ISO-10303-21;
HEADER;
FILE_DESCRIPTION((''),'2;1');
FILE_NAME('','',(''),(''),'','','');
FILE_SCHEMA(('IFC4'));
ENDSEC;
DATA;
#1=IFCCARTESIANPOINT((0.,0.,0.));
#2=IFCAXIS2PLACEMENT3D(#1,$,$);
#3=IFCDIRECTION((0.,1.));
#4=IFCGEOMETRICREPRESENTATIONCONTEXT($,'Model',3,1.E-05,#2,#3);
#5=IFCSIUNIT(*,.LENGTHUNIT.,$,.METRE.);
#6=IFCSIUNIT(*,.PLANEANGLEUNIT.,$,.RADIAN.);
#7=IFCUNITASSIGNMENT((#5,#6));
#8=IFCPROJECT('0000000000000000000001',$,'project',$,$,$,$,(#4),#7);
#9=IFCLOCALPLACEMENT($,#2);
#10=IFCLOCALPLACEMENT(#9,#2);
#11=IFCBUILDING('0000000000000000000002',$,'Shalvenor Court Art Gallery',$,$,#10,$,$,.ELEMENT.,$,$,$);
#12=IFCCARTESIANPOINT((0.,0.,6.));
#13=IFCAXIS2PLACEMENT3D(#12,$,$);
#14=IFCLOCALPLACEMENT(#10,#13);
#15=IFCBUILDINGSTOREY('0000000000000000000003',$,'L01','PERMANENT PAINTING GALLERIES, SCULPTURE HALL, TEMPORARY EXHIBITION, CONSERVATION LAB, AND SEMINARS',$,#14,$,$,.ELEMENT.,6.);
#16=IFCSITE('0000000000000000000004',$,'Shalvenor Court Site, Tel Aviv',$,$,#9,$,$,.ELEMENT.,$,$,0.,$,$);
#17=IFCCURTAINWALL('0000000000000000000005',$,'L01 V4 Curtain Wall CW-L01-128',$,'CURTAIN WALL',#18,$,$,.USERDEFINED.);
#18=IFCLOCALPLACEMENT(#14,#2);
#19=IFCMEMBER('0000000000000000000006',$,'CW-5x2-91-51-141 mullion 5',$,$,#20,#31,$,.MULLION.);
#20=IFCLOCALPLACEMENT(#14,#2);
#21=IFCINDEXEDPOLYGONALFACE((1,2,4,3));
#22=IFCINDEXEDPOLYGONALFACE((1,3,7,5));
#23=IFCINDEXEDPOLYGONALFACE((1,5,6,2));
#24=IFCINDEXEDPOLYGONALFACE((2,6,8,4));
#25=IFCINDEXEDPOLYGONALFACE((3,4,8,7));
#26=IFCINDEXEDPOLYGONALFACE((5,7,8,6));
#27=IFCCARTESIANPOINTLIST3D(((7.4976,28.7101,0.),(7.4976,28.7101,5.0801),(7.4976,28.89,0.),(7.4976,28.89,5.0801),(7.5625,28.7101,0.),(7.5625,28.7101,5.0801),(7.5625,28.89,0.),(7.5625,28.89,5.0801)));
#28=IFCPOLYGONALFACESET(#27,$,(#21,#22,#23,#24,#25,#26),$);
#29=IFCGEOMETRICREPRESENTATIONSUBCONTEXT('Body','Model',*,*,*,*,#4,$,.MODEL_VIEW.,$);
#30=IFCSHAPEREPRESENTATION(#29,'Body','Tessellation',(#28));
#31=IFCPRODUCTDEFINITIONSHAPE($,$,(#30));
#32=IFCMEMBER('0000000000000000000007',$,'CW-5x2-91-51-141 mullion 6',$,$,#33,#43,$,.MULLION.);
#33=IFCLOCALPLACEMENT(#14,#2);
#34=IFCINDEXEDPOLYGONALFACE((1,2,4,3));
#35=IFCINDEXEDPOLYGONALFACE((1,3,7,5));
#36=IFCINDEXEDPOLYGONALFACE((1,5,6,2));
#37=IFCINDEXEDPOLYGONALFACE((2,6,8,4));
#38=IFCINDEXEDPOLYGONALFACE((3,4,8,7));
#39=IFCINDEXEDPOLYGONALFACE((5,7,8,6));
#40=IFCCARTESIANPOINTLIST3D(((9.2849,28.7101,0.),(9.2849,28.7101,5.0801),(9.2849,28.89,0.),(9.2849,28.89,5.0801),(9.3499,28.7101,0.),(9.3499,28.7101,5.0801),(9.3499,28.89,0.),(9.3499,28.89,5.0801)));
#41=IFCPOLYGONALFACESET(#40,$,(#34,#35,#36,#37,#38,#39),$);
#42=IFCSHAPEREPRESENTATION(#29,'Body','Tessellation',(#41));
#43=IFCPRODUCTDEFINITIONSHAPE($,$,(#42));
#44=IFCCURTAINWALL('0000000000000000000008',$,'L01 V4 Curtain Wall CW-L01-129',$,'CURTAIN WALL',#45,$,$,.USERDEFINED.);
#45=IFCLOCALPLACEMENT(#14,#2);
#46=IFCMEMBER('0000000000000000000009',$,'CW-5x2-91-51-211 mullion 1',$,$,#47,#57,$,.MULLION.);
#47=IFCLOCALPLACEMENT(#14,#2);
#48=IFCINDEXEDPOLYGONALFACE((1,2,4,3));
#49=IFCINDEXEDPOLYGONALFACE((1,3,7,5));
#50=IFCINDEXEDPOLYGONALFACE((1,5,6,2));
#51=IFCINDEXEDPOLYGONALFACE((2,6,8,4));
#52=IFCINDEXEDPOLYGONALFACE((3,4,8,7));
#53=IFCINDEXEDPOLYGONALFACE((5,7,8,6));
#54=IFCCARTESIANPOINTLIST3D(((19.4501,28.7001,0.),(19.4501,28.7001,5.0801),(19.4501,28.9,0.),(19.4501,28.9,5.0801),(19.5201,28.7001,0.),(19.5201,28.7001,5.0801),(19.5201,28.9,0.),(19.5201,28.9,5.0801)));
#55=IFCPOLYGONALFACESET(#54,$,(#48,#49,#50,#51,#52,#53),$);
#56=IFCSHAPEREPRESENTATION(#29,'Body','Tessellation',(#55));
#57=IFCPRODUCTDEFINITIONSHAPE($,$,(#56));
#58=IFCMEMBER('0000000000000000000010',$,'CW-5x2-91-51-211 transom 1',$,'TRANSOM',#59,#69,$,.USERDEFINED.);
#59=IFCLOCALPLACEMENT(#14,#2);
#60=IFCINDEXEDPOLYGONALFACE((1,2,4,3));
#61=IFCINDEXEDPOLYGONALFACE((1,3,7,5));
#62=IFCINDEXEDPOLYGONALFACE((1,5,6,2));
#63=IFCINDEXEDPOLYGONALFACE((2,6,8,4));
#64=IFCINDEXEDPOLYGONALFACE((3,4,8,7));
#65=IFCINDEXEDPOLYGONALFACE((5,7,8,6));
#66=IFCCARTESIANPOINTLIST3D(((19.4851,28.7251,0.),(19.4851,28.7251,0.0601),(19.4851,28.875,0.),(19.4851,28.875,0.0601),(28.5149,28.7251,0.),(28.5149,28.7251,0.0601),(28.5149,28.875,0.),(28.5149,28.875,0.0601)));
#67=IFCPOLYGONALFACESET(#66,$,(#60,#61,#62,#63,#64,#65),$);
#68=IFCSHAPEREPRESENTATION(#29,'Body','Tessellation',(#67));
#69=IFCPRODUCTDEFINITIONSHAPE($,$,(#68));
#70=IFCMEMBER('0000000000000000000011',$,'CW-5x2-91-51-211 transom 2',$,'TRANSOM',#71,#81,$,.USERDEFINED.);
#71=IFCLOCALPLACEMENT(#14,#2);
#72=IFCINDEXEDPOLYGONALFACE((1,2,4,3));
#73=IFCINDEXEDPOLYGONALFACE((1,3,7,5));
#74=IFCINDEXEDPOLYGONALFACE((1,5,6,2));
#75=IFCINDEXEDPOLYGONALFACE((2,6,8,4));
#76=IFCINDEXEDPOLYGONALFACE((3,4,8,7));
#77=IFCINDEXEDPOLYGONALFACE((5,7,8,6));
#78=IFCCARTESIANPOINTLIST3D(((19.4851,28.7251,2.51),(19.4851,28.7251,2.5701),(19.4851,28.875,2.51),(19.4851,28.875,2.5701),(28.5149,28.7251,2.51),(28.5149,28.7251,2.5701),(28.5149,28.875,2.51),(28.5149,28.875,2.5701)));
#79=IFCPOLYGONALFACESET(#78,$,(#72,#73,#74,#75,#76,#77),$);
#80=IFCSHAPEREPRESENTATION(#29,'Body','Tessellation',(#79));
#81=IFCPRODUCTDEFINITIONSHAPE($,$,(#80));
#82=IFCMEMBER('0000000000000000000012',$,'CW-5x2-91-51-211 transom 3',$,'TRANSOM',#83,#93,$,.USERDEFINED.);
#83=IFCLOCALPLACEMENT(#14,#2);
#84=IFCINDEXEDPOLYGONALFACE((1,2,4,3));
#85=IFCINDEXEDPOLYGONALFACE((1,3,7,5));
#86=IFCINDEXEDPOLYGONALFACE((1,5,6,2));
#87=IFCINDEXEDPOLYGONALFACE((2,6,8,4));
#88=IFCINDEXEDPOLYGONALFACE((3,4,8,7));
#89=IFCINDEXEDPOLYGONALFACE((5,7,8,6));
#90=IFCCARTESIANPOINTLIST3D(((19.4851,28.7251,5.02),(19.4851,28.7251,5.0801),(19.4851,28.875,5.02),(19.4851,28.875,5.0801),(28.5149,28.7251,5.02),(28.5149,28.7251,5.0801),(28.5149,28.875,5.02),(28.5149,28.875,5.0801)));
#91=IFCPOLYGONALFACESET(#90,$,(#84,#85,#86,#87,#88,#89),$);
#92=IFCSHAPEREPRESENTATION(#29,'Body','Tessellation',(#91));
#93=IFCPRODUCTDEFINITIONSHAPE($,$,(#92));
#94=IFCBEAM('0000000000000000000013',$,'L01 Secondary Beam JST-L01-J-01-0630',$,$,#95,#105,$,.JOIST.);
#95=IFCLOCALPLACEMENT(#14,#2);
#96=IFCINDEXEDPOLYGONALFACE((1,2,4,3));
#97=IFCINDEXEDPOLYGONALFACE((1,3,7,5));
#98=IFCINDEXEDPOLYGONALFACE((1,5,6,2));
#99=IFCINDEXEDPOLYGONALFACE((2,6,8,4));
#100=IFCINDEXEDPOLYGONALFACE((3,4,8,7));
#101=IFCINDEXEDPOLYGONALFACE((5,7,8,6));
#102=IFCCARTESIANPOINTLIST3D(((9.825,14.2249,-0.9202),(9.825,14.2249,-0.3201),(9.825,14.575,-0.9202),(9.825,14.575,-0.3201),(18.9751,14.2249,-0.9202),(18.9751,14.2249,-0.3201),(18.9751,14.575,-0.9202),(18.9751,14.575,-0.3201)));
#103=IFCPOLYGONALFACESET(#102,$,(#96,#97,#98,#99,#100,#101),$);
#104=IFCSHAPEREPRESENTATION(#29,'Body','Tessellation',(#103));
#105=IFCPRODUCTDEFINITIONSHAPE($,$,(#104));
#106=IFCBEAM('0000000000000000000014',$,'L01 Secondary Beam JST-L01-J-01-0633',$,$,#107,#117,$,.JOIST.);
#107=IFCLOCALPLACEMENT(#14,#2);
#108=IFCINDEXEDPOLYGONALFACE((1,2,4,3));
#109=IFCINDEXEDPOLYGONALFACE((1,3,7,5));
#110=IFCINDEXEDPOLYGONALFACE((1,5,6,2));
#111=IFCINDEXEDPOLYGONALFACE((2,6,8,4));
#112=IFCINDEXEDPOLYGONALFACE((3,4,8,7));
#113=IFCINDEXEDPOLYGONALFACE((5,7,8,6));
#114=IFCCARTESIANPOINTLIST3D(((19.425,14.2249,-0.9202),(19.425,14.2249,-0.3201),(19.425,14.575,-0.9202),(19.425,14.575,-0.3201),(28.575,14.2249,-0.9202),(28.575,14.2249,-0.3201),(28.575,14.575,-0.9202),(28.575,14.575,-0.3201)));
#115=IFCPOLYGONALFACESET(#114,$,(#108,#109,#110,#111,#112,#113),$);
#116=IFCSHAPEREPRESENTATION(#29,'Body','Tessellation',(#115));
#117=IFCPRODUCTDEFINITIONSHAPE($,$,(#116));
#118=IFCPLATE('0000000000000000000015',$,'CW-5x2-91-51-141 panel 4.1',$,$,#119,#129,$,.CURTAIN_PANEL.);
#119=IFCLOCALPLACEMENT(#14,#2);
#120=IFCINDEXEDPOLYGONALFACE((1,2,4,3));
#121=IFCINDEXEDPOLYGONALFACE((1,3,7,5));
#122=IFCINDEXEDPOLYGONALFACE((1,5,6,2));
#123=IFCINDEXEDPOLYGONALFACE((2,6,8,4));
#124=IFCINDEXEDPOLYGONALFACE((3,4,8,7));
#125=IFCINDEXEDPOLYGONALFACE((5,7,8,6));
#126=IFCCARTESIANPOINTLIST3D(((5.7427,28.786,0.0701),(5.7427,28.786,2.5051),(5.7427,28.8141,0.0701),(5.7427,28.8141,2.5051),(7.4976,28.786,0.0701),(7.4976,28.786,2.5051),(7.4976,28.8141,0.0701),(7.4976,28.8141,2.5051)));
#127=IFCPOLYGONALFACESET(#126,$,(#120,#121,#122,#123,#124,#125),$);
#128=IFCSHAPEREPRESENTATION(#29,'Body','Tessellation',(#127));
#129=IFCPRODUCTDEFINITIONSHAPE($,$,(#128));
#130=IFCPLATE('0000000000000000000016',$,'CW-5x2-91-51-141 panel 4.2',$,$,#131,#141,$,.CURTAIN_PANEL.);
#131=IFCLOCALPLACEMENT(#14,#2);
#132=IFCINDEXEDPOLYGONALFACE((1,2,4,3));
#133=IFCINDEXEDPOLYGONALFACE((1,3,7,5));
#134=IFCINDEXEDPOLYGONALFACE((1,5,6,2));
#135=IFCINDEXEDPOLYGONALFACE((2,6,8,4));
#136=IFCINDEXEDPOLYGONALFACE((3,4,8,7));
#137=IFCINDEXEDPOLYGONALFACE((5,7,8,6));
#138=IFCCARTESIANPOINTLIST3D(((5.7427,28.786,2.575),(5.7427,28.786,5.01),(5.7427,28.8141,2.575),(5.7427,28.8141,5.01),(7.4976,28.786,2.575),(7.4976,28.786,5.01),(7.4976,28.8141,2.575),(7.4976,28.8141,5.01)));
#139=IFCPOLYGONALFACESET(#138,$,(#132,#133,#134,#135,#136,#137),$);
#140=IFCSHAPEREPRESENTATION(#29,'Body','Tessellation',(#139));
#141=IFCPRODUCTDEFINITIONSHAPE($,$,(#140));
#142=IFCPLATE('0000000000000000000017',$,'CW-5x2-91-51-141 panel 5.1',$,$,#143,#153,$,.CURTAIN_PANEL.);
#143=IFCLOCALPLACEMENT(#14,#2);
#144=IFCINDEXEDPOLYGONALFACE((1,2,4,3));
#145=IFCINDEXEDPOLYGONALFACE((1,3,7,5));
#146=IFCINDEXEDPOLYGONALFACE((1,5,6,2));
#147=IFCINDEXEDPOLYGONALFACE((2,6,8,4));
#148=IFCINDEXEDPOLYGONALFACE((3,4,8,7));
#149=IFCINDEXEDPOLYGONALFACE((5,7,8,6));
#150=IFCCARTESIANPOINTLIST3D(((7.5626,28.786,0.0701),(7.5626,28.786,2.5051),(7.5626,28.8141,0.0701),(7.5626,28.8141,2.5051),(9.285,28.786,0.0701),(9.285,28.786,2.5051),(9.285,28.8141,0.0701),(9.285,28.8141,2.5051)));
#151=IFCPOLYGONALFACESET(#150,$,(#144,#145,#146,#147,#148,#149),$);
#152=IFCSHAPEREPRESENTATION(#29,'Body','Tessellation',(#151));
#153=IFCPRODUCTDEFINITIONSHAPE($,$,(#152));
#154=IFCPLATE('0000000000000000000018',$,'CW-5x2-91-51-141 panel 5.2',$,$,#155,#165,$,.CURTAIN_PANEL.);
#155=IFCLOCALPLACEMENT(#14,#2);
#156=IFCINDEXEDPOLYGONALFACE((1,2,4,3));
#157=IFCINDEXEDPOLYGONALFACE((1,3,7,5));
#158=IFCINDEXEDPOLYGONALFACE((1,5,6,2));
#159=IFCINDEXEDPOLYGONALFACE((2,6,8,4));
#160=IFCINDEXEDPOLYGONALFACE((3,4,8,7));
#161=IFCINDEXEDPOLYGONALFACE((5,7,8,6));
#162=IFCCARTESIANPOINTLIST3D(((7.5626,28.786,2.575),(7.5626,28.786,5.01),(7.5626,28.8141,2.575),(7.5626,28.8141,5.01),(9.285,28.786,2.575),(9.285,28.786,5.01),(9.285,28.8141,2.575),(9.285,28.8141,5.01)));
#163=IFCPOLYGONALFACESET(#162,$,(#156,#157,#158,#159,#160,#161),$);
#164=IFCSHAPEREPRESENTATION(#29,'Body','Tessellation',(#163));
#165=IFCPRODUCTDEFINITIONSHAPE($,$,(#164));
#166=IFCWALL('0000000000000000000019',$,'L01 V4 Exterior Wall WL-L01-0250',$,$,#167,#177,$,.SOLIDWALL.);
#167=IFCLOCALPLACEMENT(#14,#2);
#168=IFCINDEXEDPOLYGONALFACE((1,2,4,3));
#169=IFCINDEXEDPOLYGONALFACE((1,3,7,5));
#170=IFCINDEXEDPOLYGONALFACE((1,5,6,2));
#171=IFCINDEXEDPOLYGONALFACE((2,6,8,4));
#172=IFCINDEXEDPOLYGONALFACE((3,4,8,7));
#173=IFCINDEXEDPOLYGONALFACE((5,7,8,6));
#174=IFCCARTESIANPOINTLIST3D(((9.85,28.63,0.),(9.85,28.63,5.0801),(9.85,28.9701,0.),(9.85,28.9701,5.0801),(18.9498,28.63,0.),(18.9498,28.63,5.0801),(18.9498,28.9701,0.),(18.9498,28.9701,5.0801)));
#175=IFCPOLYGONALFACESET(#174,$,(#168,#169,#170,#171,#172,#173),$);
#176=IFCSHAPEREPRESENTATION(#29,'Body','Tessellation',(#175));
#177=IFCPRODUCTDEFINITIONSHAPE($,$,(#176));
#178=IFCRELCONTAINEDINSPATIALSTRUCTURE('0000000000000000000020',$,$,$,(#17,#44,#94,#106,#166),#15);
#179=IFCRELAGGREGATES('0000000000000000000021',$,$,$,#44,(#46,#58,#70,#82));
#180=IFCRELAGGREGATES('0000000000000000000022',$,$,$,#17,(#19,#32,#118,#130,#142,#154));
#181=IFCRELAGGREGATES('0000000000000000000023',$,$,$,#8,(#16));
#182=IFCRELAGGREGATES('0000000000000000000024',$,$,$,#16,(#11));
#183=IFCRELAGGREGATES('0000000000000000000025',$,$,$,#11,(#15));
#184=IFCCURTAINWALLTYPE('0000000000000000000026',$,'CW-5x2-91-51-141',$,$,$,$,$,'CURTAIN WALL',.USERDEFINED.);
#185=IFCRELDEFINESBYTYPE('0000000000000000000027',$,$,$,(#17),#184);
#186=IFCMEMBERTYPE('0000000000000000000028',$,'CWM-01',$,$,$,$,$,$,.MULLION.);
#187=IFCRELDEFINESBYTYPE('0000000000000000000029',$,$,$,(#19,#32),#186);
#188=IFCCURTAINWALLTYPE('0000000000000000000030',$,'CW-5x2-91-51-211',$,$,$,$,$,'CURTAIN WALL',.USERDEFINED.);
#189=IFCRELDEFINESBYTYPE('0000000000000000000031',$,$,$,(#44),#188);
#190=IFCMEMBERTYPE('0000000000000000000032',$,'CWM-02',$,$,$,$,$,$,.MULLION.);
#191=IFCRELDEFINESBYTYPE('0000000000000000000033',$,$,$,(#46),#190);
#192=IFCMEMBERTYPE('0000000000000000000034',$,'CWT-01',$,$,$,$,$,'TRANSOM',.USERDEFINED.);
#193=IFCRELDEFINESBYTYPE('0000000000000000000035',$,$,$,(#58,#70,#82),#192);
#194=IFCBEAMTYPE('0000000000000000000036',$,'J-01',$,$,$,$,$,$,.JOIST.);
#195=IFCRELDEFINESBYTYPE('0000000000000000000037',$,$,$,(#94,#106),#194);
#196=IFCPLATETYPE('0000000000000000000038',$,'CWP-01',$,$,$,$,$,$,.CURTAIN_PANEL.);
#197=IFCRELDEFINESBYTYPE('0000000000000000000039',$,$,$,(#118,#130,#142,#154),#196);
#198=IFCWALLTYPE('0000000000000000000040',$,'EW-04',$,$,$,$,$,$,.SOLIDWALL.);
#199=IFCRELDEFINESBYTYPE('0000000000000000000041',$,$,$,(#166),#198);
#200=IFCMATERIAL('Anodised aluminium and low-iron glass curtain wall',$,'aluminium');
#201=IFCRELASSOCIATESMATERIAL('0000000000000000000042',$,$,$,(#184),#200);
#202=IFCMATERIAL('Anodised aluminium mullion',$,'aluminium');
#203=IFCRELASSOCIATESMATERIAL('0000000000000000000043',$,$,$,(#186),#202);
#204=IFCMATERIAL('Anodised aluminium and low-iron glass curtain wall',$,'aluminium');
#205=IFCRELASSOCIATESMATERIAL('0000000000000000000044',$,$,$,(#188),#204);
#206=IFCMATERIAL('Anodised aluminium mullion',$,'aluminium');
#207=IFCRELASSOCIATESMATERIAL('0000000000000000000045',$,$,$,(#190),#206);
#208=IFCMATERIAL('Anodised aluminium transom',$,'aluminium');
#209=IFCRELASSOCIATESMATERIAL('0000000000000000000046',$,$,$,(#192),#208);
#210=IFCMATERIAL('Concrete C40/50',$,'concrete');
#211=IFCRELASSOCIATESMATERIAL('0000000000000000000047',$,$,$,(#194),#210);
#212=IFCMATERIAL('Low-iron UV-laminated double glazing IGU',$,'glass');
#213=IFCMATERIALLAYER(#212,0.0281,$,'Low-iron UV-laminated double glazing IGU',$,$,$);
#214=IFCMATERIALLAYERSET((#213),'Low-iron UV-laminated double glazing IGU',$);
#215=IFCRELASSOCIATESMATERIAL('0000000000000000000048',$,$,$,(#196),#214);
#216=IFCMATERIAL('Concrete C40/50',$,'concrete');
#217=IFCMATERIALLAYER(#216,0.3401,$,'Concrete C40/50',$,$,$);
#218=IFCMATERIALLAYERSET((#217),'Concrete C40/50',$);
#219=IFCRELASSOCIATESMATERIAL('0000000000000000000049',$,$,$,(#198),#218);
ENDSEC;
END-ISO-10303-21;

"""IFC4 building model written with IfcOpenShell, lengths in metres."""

from ifc_helpers import new_model, si_unit, direction, frame, frame_2d, origin, origin_2d, place, context, subcontext, project, spatial, rectangle, extrude, material, layer, layer_set, material_profile, profile_set, type_object, element, aggregate, save


model = new_model("IFC4")

# Units and contexts
model_context = context("Model", 3, precision=1e-05, world=origin(), true_north=direction((0.0, 1.0)))
body_context = subcontext(model_context, "Body", "Model", "MODEL_VIEW")
ifc_project = project(units=[si_unit("LENGTHUNIT", "METRE"), si_unit("PLANEANGLEUNIT", "RADIAN")], contexts=[model_context])

# Site, building, storey
site_placement = place(None, origin())
site = spatial("IfcSite", under=ifc_project, at=site_placement, Name="Shalvenor Court Site, Tel Aviv", CompositionType="ELEMENT", RefElevation=0.0)
building_placement = place(site_placement, origin())
building = spatial("IfcBuilding", under=site, at=building_placement, Name="Shalvenor Court Art Gallery", CompositionType="ELEMENT")
storey_placement = place(building_placement, frame((0.0, 0.0, 6.0)))
storey = spatial("IfcBuildingStorey", under=building, at=storey_placement, Name="L01", Description="PERMANENT PAINTING GALLERIES, SCULPTURE HALL, TEMPORARY EXHIBITION, CONSERVATION LAB, AND SEMINARS", CompositionType="ELEMENT", Elevation=6.0)

# Curtain walls, members
ifc_material_1 = material(Name="Anodised aluminium and low-iron glass curtain wall", Category="aluminium")
curtain_wall_type_1 = type_object("IfcCurtainWallType", Name="CW-5x2-91-51-141", ElementType="CURTAIN WALL", PredefinedType="USERDEFINED", material=ifc_material_1)
curtain_wall_1_placement = place(storey_placement, origin())
curtain_wall_1 = element("IfcCurtainWall", 1, at=curtain_wall_1_placement, inside=storey, type_object=curtain_wall_type_1, Name="L01 V4 Curtain Wall CW-L01-128", ObjectType="CURTAIN WALL", PredefinedType="USERDEFINED")
ifc_material_2 = material(Name="Anodised aluminium mullion", Category="aluminium")
ifc_material_profile_1 = material_profile(ifc_material_2, rectangle(XDim=0.0649, YDim=0.1799, at=origin_2d()), Name="CWM-01")
ifc_profile_set_1 = profile_set([ifc_material_profile_1], Name="Anodised aluminium mullion")
member_type_1 = type_object("IfcMemberType", Name="CWM-01", PredefinedType="MULLION", material=ifc_profile_set_1)
member_1_placement = place(storey_placement, frame((7.53, 28.8, 0.0), z_axis=(0.0, 0.0, 1.0), x_axis=(1.0, 0.0, 0.0)))
member_1 = element("IfcMember", 2, at=member_1_placement, type_object=member_type_1, Name="CW-5x2-91-51-141 mullion 5", PredefinedType="MULLION", context=body_context, shape_type="SweptSolid", body=[
    extrude(rectangle(XDim=0.0649, YDim=0.1799, at=origin_2d()), origin(), (0.0, 0.0, 1.0), 5.0801),
])
member_2_placement = place(storey_placement, frame((9.3174, 28.8, 0.0), z_axis=(0.0, 0.0, 1.0), x_axis=(1.0, 0.0, 0.0)))
member_2 = element("IfcMember", 3, at=member_2_placement, type_object=member_type_1, Name="CW-5x2-91-51-141 mullion 6", PredefinedType="MULLION", context=body_context, shape_type="SweptSolid", body=[
    extrude(rectangle(XDim=0.0649, YDim=0.1799, at=origin_2d()), origin(), (0.0, 0.0, 1.0), 5.0801),
])
ifc_material_3 = material(Name="Anodised aluminium and low-iron glass curtain wall", Category="aluminium")
curtain_wall_type_2 = type_object("IfcCurtainWallType", Name="CW-5x2-91-51-211", ElementType="CURTAIN WALL", PredefinedType="USERDEFINED", material=ifc_material_3)
curtain_wall_2_placement = place(storey_placement, origin())
curtain_wall_2 = element("IfcCurtainWall", 4, at=curtain_wall_2_placement, inside=storey, type_object=curtain_wall_type_2, Name="L01 V4 Curtain Wall CW-L01-129", ObjectType="CURTAIN WALL", PredefinedType="USERDEFINED")
ifc_material_4 = material(Name="Anodised aluminium mullion", Category="aluminium")
ifc_material_profile_2 = material_profile(ifc_material_4, rectangle(XDim=0.0701, YDim=0.2, at=origin_2d()), Name="CWM-02")
ifc_profile_set_2 = profile_set([ifc_material_profile_2], Name="Anodised aluminium mullion")
member_type_2 = type_object("IfcMemberType", Name="CWM-02", PredefinedType="MULLION", material=ifc_profile_set_2)
member_3_placement = place(storey_placement, frame((19.4851, 28.8, 0.0), z_axis=(0.0, 0.0, 1.0), x_axis=(1.0, 0.0, 0.0)))
member_3 = element("IfcMember", 5, at=member_3_placement, type_object=member_type_2, Name="CW-5x2-91-51-211 mullion 1", PredefinedType="MULLION", context=body_context, shape_type="SweptSolid", body=[
    extrude(rectangle(XDim=0.0701, YDim=0.2, at=origin_2d()), origin(), (0.0, 0.0, 1.0), 5.0801),
])
ifc_material_5 = material(Name="Anodised aluminium transom", Category="aluminium")
ifc_material_profile_3 = material_profile(ifc_material_5, rectangle(XDim=0.1499, YDim=0.0601, at=origin_2d()), Name="CWT-01")
ifc_profile_set_3 = profile_set([ifc_material_profile_3], Name="Anodised aluminium transom")
member_type_3 = type_object("IfcMemberType", Name="CWT-01", ElementType="TRANSOM", PredefinedType="USERDEFINED", material=ifc_profile_set_3)
member_4_placement = place(storey_placement, frame((19.4851, 28.8, 0.03), z_axis=(1.0, 0.0, 0.0), x_axis=(0.0, 1.0, 0.0)))
member_4 = element("IfcMember", 6, at=member_4_placement, type_object=member_type_3, Name="CW-5x2-91-51-211 transom 1", ObjectType="TRANSOM", PredefinedType="USERDEFINED", context=body_context, shape_type="SweptSolid", body=[
    extrude(rectangle(XDim=0.1499, YDim=0.0601, at=origin_2d()), origin(), (0.0, 0.0, 1.0), 9.0298),
])
member_5_placement = place(storey_placement, frame((19.4851, 28.8, 2.54), z_axis=(1.0, 0.0, 0.0), x_axis=(0.0, 1.0, 0.0)))
member_5 = element("IfcMember", 7, at=member_5_placement, type_object=member_type_3, Name="CW-5x2-91-51-211 transom 2", ObjectType="TRANSOM", PredefinedType="USERDEFINED", context=body_context, shape_type="SweptSolid", body=[
    extrude(rectangle(XDim=0.1499, YDim=0.0601, at=origin_2d()), origin(), (0.0, 0.0, 1.0), 9.0298),
])
member_6_placement = place(storey_placement, frame((19.4851, 28.8, 5.05), z_axis=(1.0, 0.0, 0.0), x_axis=(0.0, 1.0, 0.0)))
member_6 = element("IfcMember", 8, at=member_6_placement, type_object=member_type_3, Name="CW-5x2-91-51-211 transom 3", ObjectType="TRANSOM", PredefinedType="USERDEFINED", context=body_context, shape_type="SweptSolid", body=[
    extrude(rectangle(XDim=0.1499, YDim=0.0601, at=origin_2d()), origin(), (0.0, 0.0, 1.0), 9.0298),
])
aggregate(curtain_wall_2, [member_3, member_4, member_5, member_6])

# Beams
ifc_material_6 = material(Name="Concrete C40/50", Category="concrete")
ifc_material_profile_4 = material_profile(ifc_material_6, rectangle(XDim=0.3501, YDim=0.6001, at=origin_2d()), Name="RC 350x600")
ifc_profile_set_4 = profile_set([ifc_material_profile_4], Name="Concrete C40/50")
beam_type_1 = type_object("IfcBeamType", Name="J-01", PredefinedType="JOIST", material=ifc_profile_set_4)
beam_1_placement = place(storey_placement, frame((9.825, 14.3999, -0.6201), z_axis=(1.0, 0.0, 0.0), x_axis=(0.0, 1.0, 0.0)))
element("IfcBeam", 9, at=beam_1_placement, inside=storey, type_object=beam_type_1, Name="L01 Secondary Beam JST-L01-J-01-0630", PredefinedType="JOIST", context=body_context, shape_type="SweptSolid", body=[
    extrude(rectangle(XDim=0.3501, YDim=0.6001, at=origin_2d()), origin(), (0.0, 0.0, 1.0), 9.1501),
])
beam_2_placement = place(storey_placement, frame((19.425, 14.3999, -0.6201), z_axis=(1.0, 0.0, 0.0), x_axis=(0.0, 1.0, 0.0)))
element("IfcBeam", 10, at=beam_2_placement, inside=storey, type_object=beam_type_1, Name="L01 Secondary Beam JST-L01-J-01-0633", PredefinedType="JOIST", context=body_context, shape_type="SweptSolid", body=[
    extrude(rectangle(XDim=0.3501, YDim=0.6001, at=origin_2d()), origin(), (0.0, 0.0, 1.0), 9.1499),
])

# Plates
ifc_material_7 = material(Name="Low-iron UV-laminated double glazing IGU", Category="glass")
ifc_layer_1 = layer(ifc_material_7, 0.0281, Name="Low-iron UV-laminated double glazing IGU")
ifc_layer_set_1 = layer_set([ifc_layer_1], Name="Low-iron UV-laminated double glazing IGU")
plate_type = type_object("IfcPlateType", Name="CWP-01", PredefinedType="CURTAIN_PANEL", material=ifc_layer_set_1)
plate_1_placement = place(storey_placement, frame((6.6201, 28.8, 0.0701), z_axis=(0.0, 0.0, 1.0), x_axis=(1.0, 0.0, 0.0)))
plate_1 = element("IfcPlate", 11, at=plate_1_placement, type_object=plate_type, Name="CW-5x2-91-51-141 panel 4.1", PredefinedType="CURTAIN_PANEL", context=body_context, shape_type="SweptSolid", body=[
    extrude(rectangle(XDim=1.7549, YDim=0.0281, at=origin_2d()), origin(), (0.0, 0.0, 1.0), 2.4351),
])
plate_2_placement = place(storey_placement, frame((6.6201, 28.8, 2.575), z_axis=(0.0, 0.0, 1.0), x_axis=(1.0, 0.0, 0.0)))
plate_2 = element("IfcPlate", 12, at=plate_2_placement, type_object=plate_type, Name="CW-5x2-91-51-141 panel 4.2", PredefinedType="CURTAIN_PANEL", context=body_context, shape_type="SweptSolid", body=[
    extrude(rectangle(XDim=1.7549, YDim=0.0281, at=origin_2d()), origin(), (0.0, 0.0, 1.0), 2.4351),
])
plate_3_placement = place(storey_placement, frame((8.4238, 28.8, 0.0701), z_axis=(0.0, 0.0, 1.0), x_axis=(1.0, 0.0, 0.0)))
plate_3 = element("IfcPlate", 13, at=plate_3_placement, type_object=plate_type, Name="CW-5x2-91-51-141 panel 5.1", PredefinedType="CURTAIN_PANEL", context=body_context, shape_type="SweptSolid", body=[
    extrude(rectangle(XDim=1.7224, YDim=0.0281, at=origin_2d()), origin(), (0.0, 0.0, 1.0), 2.4351),
])
plate_4_placement = place(storey_placement, frame((8.4238, 28.8, 2.575), z_axis=(0.0, 0.0, 1.0), x_axis=(1.0, 0.0, 0.0)))
plate_4 = element("IfcPlate", 14, at=plate_4_placement, type_object=plate_type, Name="CW-5x2-91-51-141 panel 5.2", PredefinedType="CURTAIN_PANEL", context=body_context, shape_type="SweptSolid", body=[
    extrude(rectangle(XDim=1.7224, YDim=0.0281, at=origin_2d()), origin(), (0.0, 0.0, 1.0), 2.4351),
])
aggregate(curtain_wall_1, [member_1, member_2, plate_1, plate_2, plate_3, plate_4])

# Wall
ifc_material_8 = material(Name="Concrete C40/50", Category="concrete")
ifc_layer_2 = layer(ifc_material_8, 0.3401, Name="Concrete C40/50")
ifc_layer_set_2 = layer_set([ifc_layer_2], Name="Concrete C40/50")
wall_type = type_object("IfcWallType", Name="EW-04", PredefinedType="SOLIDWALL", material=ifc_layer_set_2)
wall_placement = place(storey_placement, frame((9.8501, 28.8, 0.0), z_axis=(0.0, 0.0, 1.0), x_axis=(1.0, 0.0, 0.0)))
element("IfcWall", 15, at=wall_placement, inside=storey, type_object=wall_type, Name="L01 V4 Exterior Wall WL-L01-0250", PredefinedType="SOLIDWALL", context=body_context, shape_type="SweptSolid", body=[
    extrude(rectangle(XDim=9.0999, YDim=0.3401, at=frame_2d((4.5498, 0.0))), origin(), (0.0, 0.0, 1.0), 5.0801),
])

save(model, "model.ifc")
